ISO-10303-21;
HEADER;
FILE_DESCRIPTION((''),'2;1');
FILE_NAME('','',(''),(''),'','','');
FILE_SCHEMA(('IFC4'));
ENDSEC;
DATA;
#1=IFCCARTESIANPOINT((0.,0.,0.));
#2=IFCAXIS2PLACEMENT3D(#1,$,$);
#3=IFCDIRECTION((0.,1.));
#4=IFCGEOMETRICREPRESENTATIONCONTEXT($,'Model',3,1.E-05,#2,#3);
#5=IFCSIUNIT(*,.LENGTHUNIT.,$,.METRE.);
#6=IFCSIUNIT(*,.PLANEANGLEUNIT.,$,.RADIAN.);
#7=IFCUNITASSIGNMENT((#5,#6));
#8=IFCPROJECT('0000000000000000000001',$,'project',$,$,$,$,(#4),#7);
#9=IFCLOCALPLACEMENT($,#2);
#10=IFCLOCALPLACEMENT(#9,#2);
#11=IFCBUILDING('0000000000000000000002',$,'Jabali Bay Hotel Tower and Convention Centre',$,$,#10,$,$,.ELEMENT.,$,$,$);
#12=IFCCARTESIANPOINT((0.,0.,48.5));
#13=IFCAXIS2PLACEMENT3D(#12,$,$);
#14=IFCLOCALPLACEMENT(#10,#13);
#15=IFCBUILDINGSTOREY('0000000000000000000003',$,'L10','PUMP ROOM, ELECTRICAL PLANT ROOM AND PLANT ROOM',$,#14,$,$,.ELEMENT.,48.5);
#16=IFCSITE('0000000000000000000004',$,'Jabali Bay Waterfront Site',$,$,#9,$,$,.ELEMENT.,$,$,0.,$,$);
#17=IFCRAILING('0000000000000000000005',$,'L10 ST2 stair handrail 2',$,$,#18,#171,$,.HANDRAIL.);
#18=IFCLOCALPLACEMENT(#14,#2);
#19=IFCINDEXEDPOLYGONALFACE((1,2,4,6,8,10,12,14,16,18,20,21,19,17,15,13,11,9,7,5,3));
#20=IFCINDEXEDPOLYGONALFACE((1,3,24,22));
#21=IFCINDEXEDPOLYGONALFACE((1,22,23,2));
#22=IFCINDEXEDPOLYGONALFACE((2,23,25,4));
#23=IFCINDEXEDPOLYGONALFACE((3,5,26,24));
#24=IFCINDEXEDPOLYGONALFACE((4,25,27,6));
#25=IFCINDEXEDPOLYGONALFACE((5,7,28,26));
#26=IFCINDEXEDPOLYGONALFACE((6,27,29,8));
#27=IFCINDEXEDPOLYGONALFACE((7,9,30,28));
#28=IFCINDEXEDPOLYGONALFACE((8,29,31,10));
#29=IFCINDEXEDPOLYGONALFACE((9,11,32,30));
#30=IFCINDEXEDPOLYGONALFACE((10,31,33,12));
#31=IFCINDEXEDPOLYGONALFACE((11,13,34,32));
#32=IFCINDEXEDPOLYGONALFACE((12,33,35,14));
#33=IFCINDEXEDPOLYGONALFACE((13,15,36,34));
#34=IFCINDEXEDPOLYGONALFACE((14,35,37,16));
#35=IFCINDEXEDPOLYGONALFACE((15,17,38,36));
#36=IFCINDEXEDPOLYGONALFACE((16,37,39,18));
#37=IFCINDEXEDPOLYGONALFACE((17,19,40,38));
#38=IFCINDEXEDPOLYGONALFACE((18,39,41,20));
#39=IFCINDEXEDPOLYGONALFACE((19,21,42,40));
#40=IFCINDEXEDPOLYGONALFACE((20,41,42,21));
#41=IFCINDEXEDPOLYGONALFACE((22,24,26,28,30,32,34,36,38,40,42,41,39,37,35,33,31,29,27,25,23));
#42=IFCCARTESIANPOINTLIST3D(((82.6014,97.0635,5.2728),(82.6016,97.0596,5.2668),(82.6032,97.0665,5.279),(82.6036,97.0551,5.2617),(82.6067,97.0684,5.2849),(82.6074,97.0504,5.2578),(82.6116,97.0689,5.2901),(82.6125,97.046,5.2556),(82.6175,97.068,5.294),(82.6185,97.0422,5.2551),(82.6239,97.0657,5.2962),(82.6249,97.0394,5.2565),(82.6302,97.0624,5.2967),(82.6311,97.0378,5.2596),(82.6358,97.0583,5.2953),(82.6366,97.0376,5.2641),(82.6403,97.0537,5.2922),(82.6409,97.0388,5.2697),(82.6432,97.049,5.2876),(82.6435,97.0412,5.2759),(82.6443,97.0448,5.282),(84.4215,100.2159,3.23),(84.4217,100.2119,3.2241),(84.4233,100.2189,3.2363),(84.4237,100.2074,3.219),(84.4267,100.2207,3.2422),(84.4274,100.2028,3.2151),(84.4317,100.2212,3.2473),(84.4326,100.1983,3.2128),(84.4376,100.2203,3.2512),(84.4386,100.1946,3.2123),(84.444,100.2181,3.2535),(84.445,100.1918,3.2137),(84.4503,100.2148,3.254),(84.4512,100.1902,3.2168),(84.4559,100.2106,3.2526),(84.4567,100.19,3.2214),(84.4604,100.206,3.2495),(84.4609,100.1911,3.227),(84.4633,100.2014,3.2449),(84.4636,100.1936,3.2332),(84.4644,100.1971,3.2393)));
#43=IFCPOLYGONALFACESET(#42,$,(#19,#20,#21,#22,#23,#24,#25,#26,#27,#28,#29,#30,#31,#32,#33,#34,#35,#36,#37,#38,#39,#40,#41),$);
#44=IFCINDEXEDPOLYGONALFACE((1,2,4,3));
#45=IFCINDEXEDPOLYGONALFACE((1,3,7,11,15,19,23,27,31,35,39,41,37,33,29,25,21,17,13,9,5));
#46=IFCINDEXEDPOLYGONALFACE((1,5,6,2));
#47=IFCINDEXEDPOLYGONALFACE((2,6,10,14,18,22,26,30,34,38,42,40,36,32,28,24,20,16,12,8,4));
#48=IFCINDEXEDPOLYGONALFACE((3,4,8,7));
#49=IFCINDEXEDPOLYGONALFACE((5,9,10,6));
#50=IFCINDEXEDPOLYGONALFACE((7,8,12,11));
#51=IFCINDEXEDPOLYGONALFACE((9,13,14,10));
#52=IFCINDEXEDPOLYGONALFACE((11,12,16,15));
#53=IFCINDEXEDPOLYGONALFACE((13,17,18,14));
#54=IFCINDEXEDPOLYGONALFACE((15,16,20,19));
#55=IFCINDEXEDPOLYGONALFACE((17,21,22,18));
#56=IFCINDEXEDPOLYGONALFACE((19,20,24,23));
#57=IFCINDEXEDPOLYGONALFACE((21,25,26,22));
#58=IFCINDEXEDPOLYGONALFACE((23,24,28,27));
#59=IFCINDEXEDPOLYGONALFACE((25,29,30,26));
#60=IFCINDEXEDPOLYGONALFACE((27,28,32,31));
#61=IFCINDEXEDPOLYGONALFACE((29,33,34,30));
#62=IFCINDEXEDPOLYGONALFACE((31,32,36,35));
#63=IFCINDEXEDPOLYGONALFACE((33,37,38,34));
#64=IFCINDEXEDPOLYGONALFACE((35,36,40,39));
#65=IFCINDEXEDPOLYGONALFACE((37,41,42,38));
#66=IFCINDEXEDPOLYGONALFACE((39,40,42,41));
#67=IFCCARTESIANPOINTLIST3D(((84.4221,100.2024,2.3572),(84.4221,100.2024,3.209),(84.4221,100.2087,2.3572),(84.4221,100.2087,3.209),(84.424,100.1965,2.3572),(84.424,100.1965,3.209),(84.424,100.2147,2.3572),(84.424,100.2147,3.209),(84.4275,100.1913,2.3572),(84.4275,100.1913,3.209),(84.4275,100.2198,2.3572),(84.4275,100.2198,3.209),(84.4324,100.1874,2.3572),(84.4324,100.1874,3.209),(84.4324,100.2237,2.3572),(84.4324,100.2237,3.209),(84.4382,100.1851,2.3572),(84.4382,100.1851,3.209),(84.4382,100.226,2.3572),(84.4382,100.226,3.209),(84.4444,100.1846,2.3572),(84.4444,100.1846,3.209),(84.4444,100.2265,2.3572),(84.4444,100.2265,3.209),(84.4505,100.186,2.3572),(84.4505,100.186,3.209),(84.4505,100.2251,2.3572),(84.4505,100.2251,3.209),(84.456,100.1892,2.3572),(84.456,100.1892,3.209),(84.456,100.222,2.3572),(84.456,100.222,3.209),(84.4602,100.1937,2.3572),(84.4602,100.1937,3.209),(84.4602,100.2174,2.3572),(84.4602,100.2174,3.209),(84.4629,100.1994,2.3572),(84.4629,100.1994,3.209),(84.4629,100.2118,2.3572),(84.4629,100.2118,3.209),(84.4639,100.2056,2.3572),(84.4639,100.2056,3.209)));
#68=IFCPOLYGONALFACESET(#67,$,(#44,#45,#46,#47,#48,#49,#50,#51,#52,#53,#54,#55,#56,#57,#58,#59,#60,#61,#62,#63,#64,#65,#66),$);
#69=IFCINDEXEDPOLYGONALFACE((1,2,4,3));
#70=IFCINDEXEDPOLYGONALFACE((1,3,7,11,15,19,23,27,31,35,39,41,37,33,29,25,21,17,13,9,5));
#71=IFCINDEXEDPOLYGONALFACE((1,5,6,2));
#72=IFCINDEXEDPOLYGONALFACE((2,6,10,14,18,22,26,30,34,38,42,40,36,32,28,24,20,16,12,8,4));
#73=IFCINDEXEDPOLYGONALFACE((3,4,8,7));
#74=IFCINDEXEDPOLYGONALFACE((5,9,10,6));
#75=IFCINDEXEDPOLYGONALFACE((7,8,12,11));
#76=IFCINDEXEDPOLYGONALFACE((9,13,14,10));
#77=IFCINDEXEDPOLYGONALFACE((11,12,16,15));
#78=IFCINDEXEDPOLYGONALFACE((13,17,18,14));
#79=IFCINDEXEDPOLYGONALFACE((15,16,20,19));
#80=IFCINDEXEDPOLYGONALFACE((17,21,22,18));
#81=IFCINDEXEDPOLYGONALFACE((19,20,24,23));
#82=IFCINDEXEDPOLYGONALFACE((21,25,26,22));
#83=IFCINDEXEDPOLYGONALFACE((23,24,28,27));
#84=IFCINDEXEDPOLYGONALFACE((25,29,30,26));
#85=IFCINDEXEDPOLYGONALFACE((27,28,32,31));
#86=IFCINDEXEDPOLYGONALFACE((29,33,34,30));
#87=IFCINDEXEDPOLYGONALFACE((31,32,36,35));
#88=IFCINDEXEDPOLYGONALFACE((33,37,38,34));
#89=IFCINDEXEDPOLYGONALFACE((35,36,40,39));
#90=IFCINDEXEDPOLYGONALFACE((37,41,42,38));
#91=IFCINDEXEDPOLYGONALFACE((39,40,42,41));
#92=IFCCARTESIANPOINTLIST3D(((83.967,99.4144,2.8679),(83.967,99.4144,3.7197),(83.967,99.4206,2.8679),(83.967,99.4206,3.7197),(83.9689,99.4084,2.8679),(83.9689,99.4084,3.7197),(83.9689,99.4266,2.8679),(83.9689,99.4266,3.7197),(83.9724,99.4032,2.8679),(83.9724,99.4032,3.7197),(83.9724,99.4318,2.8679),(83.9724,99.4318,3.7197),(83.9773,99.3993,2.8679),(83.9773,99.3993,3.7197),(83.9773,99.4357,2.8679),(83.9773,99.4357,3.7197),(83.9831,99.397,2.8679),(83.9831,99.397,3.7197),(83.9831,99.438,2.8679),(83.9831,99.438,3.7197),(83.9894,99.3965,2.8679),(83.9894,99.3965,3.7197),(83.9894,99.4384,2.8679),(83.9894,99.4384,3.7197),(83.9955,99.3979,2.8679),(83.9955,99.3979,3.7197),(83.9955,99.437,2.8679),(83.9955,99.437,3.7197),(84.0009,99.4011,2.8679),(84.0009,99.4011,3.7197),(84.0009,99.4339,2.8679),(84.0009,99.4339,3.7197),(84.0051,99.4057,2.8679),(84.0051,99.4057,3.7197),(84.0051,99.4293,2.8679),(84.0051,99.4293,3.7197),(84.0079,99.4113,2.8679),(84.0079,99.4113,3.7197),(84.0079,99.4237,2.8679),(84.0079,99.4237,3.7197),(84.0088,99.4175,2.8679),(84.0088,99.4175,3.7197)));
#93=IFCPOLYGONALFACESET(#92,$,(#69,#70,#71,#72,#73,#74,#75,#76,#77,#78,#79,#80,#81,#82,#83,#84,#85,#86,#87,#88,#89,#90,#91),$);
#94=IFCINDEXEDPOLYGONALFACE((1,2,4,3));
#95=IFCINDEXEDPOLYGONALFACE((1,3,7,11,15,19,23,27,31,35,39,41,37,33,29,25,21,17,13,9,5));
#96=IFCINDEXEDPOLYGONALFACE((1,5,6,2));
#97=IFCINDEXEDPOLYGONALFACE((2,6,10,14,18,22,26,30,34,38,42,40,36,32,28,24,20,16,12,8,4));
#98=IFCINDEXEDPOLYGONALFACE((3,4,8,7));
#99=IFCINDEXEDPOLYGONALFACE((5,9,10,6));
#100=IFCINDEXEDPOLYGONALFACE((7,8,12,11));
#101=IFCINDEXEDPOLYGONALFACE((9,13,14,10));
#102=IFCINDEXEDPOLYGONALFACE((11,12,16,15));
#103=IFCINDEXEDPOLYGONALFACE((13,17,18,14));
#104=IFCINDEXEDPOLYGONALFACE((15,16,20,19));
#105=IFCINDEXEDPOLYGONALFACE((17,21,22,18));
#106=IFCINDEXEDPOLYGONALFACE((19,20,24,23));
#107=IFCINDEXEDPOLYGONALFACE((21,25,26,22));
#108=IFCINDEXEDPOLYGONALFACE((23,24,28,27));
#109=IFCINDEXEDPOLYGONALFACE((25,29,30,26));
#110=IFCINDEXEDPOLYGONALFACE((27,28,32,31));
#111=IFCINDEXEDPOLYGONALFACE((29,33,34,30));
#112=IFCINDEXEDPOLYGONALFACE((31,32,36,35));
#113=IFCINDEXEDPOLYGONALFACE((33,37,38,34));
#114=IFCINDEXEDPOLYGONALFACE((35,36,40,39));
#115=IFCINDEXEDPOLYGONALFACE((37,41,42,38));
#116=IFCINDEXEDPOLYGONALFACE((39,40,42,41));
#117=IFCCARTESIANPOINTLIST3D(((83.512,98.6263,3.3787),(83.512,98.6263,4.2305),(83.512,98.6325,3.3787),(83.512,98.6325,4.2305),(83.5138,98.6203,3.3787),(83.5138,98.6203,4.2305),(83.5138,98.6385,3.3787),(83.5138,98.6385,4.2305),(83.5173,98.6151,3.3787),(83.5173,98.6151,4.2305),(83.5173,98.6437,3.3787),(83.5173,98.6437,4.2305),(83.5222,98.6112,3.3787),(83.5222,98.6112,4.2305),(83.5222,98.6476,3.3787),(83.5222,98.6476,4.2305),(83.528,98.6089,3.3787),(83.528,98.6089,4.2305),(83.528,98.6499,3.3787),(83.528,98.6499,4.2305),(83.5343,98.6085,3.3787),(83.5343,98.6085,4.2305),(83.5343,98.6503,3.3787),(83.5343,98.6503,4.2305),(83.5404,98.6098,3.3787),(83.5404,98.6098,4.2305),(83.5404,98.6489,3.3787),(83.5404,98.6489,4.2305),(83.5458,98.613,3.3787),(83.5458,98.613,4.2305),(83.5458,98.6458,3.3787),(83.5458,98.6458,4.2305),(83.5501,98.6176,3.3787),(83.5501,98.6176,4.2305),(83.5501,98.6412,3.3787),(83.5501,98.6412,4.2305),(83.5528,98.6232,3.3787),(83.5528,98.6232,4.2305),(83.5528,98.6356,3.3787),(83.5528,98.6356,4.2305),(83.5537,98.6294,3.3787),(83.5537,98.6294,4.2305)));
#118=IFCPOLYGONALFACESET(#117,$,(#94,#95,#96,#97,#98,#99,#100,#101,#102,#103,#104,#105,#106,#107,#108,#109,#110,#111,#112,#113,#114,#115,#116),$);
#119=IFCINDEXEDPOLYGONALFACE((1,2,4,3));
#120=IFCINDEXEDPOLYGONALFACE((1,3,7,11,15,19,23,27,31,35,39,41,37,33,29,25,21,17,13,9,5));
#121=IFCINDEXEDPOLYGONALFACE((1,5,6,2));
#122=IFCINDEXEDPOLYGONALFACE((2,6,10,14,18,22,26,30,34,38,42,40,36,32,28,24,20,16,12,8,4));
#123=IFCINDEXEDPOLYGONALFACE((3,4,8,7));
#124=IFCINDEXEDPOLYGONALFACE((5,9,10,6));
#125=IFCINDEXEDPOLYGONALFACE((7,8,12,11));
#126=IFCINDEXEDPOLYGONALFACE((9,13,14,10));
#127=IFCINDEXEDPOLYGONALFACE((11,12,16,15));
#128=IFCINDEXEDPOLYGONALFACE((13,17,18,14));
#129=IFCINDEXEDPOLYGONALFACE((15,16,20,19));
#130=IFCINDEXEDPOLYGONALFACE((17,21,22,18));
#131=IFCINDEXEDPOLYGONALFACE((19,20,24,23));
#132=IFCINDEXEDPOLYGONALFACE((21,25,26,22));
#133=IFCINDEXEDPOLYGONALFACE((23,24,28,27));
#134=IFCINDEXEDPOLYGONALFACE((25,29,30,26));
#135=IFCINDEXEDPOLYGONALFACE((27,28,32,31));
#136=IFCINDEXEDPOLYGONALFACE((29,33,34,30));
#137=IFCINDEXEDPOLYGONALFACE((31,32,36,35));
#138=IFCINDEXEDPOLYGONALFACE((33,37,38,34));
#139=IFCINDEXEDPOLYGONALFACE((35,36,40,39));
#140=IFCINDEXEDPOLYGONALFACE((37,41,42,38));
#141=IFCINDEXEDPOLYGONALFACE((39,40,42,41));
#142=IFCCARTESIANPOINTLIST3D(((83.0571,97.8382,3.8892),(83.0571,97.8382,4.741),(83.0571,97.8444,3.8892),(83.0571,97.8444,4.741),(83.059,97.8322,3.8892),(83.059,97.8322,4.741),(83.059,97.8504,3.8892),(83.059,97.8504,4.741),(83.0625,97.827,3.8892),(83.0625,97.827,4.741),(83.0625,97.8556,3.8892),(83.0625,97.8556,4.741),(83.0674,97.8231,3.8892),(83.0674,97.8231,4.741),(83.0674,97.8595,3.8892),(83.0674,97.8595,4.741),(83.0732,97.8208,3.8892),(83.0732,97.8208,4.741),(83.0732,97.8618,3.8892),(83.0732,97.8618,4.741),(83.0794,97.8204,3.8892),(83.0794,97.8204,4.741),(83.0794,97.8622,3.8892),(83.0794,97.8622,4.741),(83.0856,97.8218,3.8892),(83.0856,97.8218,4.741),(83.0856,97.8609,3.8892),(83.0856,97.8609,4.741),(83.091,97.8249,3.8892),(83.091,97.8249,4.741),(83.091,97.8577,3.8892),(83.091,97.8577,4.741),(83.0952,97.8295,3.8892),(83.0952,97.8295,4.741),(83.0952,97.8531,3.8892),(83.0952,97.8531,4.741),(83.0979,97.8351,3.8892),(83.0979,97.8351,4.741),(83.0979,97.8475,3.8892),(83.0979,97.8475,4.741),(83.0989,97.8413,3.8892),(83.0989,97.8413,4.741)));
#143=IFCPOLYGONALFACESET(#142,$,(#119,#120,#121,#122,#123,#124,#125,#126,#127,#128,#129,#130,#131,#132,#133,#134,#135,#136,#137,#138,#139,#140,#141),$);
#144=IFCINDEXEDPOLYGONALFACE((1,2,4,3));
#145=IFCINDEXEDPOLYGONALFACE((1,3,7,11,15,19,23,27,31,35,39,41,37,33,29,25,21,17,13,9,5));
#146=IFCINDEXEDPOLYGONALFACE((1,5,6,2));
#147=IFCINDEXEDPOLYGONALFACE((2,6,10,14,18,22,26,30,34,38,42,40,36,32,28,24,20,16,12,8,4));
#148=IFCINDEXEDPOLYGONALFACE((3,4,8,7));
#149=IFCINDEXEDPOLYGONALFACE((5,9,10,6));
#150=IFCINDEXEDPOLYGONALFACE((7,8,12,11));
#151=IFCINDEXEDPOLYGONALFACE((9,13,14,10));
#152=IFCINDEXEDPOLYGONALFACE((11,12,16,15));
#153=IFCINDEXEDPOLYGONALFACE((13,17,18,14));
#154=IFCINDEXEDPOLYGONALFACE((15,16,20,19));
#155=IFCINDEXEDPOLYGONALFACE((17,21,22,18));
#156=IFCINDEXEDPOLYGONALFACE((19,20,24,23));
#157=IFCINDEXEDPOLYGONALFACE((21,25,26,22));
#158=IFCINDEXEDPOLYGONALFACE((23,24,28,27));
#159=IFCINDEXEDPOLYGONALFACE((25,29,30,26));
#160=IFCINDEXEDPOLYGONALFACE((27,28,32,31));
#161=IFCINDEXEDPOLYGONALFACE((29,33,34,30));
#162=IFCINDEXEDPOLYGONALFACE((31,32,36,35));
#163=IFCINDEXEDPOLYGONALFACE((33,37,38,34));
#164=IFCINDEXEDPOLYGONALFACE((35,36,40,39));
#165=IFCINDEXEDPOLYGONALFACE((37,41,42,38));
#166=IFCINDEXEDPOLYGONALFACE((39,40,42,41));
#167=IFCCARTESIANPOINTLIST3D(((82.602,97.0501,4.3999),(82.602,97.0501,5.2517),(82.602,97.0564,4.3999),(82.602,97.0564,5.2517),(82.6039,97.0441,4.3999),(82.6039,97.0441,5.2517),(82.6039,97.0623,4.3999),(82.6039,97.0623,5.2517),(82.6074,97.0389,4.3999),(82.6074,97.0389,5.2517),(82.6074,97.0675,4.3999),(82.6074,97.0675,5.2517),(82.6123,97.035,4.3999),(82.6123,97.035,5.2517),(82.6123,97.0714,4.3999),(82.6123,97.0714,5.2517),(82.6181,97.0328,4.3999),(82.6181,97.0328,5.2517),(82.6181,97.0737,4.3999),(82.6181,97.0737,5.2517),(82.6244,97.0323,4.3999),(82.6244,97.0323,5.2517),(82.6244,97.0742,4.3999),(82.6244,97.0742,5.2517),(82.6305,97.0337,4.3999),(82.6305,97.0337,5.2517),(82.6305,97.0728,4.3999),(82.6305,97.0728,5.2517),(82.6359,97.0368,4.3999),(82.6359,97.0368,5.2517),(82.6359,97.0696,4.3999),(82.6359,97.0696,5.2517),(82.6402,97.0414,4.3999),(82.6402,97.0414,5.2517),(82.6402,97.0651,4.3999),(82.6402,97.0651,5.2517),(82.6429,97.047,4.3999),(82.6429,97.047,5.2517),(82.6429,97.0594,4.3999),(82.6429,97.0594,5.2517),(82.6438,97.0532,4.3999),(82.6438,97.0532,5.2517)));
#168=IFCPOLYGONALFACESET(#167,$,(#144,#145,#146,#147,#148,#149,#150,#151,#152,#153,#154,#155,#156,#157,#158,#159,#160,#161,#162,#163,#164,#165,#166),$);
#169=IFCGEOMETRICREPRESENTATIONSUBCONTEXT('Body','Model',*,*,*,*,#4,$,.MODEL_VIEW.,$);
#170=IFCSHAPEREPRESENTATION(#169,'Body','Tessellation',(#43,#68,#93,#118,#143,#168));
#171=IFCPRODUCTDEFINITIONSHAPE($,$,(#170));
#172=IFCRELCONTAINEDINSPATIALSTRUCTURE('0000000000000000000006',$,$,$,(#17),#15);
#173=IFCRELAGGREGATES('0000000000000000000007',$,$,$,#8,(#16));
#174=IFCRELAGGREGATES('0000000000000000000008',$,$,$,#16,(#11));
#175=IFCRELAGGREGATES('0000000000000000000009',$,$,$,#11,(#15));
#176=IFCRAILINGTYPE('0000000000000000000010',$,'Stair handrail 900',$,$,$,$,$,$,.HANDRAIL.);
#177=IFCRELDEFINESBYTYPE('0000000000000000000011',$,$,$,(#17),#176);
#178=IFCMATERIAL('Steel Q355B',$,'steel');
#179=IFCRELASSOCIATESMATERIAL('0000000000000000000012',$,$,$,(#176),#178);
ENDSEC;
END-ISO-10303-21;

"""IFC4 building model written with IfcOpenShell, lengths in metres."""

from ifc_helpers import new_model, si_unit, direction, frame, origin, origin_2d, place, context, subcontext, project, spatial, circle, extrude, material, type_object, element, save


model = new_model("IFC4")

# Units and contexts
model_context = context("Model", 3, precision=1e-05, world=origin(), true_north=direction((0.0, 1.0)))
body_context = subcontext(model_context, "Body", "Model", "MODEL_VIEW")
ifc_project = project(units=[si_unit("LENGTHUNIT", "METRE"), si_unit("PLANEANGLEUNIT", "RADIAN")], contexts=[model_context])

# Site, building, storey
site_placement = place(None, origin())
site = spatial("IfcSite", under=ifc_project, at=site_placement, Name="Jabali Bay Waterfront Site", CompositionType="ELEMENT", RefElevation=0.0)
building_placement = place(site_placement, origin())
building = spatial("IfcBuilding", under=site, at=building_placement, Name="Jabali Bay Hotel Tower and Convention Centre", CompositionType="ELEMENT")
storey_placement = place(building_placement, frame((0.0, 0.0, 48.5)))
storey = spatial("IfcBuildingStorey", under=building, at=storey_placement, Name="L10", Description="PUMP ROOM, ELECTRICAL PLANT ROOM AND PLANT ROOM", CompositionType="ELEMENT", Elevation=48.5)

# Railing
ifc_material_1 = material(Name="Steel Q355B", Category="steel")
railing_type_1 = type_object("IfcRailingType", Name="Stair handrail 900", PredefinedType="HANDRAIL", material=ifc_material_1)
railing_1_placement = place(storey_placement, frame((84.4429, 100.2056, 2.3572)))
element("IfcRailing", 1, at=railing_1_placement, inside=storey, type_object=railing_type_1, Name="L10 ST2 stair handrail 2", PredefinedType="HANDRAIL", context=body_context, shape_type="SweptSolid", body=[
    extrude(circle(Radius=0.0239, at=origin_2d()), frame((0.0, 0.0, 0.876), z_axis=(-0.436044, -0.755225, 0.489387), x_axis=(0.866018, -0.500013, 0.0)), (0.0, 0.0, 1.0), 4.1741),
    extrude(circle(Radius=0.021, at=origin_2d()), origin(), (0.0, 0.0, 1.0), 0.8518),
    extrude(circle(Radius=0.021, at=origin_2d()), frame((-0.4551, -0.7881, 0.5107)), (0.0, 0.0, 1.0), 0.8518),
    extrude(circle(Radius=0.021, at=origin_2d()), frame((-0.9102, -1.5762, 1.0215)), (0.0, 0.0, 1.0), 0.8518),
    extrude(circle(Radius=0.021, at=origin_2d()), frame((-1.365, -2.3643, 1.532)), (0.0, 0.0, 1.0), 0.8518),
    extrude(circle(Radius=0.021, at=origin_2d()), frame((-1.8201, -3.1523, 2.0427)), (0.0, 0.0, 1.0), 0.8518),
])

save(model, "model.ifc")
